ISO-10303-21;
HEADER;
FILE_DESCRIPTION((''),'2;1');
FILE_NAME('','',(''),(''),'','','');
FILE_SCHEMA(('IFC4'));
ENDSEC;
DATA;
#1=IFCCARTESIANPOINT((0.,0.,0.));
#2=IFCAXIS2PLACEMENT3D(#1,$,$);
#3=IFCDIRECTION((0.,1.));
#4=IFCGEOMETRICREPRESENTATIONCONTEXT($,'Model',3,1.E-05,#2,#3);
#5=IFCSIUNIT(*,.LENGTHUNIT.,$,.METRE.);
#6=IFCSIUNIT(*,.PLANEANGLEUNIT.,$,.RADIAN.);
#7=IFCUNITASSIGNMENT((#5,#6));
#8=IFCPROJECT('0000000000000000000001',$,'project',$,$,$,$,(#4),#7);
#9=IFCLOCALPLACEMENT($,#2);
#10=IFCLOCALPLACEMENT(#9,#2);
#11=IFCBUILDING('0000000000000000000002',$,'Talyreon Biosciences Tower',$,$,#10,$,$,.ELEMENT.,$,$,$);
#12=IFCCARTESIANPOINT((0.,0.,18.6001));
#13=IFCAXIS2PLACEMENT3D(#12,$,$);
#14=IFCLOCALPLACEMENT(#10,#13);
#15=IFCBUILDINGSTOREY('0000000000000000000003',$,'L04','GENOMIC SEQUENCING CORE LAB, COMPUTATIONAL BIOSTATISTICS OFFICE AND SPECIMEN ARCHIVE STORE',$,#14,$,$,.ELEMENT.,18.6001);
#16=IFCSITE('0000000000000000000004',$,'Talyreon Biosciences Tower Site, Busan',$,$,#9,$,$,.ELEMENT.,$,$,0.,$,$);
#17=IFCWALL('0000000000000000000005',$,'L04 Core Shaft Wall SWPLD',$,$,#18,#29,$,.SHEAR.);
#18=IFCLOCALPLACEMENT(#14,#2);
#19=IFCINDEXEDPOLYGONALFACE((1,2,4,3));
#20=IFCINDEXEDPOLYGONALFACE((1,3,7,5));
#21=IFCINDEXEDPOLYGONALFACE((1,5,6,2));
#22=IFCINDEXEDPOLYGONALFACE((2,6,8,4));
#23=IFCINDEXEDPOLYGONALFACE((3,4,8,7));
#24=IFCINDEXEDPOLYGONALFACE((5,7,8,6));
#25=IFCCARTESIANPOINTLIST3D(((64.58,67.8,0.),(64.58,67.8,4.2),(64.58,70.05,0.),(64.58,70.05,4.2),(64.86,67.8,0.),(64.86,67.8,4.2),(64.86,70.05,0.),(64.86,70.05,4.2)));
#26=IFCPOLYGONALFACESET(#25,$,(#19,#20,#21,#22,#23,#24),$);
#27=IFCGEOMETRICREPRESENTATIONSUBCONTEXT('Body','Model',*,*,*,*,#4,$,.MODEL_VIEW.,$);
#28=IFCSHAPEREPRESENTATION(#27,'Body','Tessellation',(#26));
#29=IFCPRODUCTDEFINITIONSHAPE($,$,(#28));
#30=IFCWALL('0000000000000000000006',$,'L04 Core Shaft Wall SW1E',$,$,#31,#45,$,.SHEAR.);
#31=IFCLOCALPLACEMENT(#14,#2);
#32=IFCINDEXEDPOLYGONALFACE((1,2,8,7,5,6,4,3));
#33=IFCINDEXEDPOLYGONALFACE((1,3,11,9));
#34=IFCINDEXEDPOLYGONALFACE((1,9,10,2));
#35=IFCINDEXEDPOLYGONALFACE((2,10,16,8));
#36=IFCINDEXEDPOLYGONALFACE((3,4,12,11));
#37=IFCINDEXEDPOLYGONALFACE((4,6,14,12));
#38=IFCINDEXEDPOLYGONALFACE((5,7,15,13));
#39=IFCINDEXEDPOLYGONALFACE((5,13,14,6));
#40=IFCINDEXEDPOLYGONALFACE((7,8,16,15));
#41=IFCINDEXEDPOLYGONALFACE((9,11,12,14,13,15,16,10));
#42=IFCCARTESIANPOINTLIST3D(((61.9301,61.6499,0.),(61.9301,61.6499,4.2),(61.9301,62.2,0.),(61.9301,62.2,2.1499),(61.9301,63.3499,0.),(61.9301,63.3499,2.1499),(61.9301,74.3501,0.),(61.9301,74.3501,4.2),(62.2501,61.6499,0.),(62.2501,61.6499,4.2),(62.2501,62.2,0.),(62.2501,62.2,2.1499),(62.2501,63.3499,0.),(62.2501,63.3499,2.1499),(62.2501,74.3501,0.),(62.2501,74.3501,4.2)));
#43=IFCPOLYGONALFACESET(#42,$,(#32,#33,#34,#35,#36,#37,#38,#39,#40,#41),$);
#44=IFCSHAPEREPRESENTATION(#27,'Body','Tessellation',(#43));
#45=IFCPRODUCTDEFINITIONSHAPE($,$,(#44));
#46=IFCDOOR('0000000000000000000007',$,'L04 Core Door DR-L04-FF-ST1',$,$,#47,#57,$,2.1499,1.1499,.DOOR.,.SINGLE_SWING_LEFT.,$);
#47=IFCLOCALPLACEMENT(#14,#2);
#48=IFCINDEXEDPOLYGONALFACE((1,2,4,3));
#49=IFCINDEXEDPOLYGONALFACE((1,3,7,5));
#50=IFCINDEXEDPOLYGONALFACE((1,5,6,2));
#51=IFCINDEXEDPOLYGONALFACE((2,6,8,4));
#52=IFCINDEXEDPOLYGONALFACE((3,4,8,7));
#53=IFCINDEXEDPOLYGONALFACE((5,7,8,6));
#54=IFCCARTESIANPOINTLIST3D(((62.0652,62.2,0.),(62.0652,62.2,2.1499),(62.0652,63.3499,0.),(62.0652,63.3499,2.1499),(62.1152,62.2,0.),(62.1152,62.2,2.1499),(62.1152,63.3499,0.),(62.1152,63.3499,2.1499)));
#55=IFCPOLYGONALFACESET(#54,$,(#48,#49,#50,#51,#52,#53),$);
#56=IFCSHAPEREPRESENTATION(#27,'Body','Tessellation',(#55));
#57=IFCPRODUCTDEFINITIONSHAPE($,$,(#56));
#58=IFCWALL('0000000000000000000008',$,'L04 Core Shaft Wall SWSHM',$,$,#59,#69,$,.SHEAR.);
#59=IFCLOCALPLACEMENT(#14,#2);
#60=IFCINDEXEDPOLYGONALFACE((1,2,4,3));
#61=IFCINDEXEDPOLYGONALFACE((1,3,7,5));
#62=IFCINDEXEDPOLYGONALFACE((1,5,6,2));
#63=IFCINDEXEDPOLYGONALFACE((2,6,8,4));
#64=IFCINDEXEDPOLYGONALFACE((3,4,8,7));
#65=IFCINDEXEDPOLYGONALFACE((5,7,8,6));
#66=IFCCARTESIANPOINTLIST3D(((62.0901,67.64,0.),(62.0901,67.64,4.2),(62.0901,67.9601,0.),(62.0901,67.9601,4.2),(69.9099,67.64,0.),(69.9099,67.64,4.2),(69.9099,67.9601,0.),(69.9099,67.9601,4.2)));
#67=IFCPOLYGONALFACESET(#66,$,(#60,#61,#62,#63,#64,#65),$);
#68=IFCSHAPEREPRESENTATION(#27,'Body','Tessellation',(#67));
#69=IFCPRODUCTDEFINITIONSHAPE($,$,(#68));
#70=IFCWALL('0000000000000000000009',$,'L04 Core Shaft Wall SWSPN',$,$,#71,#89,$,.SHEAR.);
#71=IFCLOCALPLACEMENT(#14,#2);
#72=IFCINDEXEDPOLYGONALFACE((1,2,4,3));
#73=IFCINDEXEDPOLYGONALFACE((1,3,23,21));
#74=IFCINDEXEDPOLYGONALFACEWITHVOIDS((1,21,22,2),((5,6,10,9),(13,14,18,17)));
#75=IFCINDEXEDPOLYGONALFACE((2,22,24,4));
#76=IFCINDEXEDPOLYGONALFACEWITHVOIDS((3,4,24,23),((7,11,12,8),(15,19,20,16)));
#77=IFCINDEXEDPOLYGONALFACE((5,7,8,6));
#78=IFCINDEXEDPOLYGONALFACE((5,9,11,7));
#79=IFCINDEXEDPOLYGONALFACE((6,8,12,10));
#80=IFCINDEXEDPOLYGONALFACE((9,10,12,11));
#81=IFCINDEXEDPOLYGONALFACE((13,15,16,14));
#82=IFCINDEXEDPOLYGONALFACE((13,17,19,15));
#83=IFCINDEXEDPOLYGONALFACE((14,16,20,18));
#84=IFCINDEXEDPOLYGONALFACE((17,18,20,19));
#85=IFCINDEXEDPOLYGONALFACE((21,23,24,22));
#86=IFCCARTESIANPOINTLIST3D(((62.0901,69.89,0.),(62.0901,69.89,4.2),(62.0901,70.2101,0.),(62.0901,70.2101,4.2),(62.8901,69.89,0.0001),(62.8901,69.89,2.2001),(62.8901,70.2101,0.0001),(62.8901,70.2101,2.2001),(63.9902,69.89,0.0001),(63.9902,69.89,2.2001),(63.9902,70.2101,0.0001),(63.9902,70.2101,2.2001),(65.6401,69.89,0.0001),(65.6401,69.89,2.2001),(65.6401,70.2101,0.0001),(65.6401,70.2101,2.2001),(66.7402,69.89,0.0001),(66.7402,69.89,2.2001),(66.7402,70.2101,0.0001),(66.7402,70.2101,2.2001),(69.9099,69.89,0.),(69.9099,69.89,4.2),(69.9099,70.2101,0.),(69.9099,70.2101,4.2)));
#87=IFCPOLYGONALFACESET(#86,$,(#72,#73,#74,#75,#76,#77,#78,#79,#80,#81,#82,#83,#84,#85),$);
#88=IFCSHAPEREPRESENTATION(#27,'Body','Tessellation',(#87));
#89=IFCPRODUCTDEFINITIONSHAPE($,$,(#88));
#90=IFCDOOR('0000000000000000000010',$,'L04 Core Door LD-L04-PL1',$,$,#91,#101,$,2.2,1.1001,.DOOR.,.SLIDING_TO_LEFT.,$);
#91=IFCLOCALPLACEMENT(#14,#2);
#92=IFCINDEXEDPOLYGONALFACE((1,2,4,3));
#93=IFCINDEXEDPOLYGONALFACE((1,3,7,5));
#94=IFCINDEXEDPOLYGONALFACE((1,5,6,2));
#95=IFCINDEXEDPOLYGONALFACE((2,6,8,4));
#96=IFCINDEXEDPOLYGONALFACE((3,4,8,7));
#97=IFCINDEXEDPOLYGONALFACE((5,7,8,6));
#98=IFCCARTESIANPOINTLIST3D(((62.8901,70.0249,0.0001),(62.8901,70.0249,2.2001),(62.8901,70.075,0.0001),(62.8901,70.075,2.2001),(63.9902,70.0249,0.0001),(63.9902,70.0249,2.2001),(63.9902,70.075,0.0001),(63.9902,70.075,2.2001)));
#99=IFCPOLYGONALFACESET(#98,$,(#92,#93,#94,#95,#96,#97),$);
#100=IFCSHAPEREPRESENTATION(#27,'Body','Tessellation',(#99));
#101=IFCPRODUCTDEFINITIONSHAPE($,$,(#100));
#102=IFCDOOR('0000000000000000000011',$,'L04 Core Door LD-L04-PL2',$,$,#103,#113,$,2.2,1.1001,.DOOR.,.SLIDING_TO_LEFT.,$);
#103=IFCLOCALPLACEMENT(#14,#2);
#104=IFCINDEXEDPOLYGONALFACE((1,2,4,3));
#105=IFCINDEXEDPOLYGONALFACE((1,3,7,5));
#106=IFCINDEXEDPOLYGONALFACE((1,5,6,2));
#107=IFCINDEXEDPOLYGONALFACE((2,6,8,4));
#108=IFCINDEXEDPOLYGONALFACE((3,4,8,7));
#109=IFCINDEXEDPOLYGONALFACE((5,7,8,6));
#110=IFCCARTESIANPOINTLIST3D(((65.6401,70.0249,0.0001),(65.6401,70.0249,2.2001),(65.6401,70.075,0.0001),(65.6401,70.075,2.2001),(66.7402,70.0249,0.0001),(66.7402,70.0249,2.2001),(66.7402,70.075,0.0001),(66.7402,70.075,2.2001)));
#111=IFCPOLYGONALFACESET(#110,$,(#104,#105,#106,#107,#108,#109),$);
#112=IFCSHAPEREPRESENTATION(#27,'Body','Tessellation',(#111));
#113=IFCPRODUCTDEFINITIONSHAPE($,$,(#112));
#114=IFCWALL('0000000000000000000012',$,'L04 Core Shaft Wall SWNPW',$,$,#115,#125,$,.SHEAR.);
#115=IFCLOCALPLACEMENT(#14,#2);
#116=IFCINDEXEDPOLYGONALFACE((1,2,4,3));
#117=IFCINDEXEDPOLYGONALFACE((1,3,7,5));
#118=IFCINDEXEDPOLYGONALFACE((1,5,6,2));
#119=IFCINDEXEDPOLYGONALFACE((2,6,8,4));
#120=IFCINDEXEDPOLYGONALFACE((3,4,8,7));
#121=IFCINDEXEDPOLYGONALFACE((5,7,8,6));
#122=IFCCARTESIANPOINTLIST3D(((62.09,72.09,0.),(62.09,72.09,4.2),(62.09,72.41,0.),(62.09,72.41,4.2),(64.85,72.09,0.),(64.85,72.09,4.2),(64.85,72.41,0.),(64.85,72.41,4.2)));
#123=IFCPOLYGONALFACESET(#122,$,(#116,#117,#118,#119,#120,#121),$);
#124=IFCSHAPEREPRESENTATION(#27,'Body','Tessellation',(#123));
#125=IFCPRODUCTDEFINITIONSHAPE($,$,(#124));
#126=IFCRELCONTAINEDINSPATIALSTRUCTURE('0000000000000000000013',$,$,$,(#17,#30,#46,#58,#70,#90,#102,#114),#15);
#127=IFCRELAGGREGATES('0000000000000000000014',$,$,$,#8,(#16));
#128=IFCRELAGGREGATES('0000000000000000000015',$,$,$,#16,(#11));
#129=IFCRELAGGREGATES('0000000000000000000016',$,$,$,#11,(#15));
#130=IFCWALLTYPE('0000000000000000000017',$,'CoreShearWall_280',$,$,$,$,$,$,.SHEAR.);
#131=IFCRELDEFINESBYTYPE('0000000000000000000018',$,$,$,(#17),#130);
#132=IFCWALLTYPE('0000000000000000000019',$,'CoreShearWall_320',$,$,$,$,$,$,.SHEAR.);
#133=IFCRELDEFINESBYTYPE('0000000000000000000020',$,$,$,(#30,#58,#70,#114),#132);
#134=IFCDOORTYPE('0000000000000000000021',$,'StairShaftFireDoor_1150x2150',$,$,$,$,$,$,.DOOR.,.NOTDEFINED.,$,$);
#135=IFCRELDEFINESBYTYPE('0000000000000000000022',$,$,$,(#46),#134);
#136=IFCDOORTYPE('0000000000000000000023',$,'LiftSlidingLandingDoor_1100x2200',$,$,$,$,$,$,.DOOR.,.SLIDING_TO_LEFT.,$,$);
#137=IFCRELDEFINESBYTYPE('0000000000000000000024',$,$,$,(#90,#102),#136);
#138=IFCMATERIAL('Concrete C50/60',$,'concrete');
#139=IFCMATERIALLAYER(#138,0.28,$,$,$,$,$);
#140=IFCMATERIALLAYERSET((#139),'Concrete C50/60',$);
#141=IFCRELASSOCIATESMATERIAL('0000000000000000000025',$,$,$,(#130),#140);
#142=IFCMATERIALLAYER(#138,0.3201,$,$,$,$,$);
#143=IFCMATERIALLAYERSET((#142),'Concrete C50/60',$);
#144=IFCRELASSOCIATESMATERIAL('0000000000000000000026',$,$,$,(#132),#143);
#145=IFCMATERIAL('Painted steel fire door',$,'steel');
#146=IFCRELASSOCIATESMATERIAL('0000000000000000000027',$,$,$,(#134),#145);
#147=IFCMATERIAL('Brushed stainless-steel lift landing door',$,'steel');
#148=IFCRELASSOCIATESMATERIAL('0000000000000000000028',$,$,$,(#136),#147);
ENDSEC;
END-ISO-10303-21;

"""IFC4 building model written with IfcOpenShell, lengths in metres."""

from ifc_helpers import new_model, si_unit, direction, frame, frame_2d, origin, place, context, subcontext, project, spatial, rectangle, extrude, material, layer, layer_set, type_object, element, fill, save


model = new_model("IFC4")

# Units and contexts
model_context = context("Model", 3, precision=1e-05, world=origin(), true_north=direction((0.0, 1.0)))
body_context = subcontext(model_context, "Body", "Model", "MODEL_VIEW")
ifc_project = project(units=[si_unit("LENGTHUNIT", "METRE"), si_unit("PLANEANGLEUNIT", "RADIAN")], contexts=[model_context])

# Site, building, storey
site_placement = place(None, origin())
site = spatial("IfcSite", under=ifc_project, at=site_placement, Name="Talyreon Biosciences Tower Site, Busan", CompositionType="ELEMENT", RefElevation=0.0)
building_placement = place(site_placement, origin())
building = spatial("IfcBuilding", under=site, at=building_placement, Name="Talyreon Biosciences Tower", CompositionType="ELEMENT")
storey_placement = place(building_placement, frame((0.0, 0.0, 18.6001)))
storey = spatial("IfcBuildingStorey", under=building, at=storey_placement, Name="L04", Description="GENOMIC SEQUENCING CORE LAB, COMPUTATIONAL BIOSTATISTICS OFFICE AND SPECIMEN ARCHIVE STORE", CompositionType="ELEMENT", Elevation=18.6001)

# Wall
ifc_material_1 = material(Name="Concrete C50/60", Category="concrete")
ifc_layer_1 = layer(ifc_material_1, 0.28)
ifc_layer_set_1 = layer_set([ifc_layer_1], Name="Concrete C50/60")
wall_type_1 = type_object("IfcWallType", Name="CoreShearWall_280", PredefinedType="SHEAR", material=ifc_layer_set_1)
wall_1_placement = place(storey_placement, frame((64.72, 67.8, 0.0), z_axis=(0.0, 0.0, 1.0), x_axis=(0.0, 1.0, 0.0)))
element("IfcWall", 1, at=wall_1_placement, inside=storey, type_object=wall_type_1, Name="L04 Core Shaft Wall SWPLD", PredefinedType="SHEAR", context=body_context, shape_type="SweptSolid", body=[
    extrude(rectangle(XDim=2.25, YDim=0.28, at=frame_2d((1.125, 0.0))), origin(), (0.0, 0.0, 1.0), 4.2),
])

# Wall, opening, door
ifc_layer_2 = layer(ifc_material_1, 0.3201)
ifc_layer_set_2 = layer_set([ifc_layer_2], Name="Concrete C50/60")
wall_type_2 = type_object("IfcWallType", Name="CoreShearWall_320", PredefinedType="SHEAR", material=ifc_layer_set_2)
wall_2_placement = place(storey_placement, frame((62.0901, 61.6499, 0.0), z_axis=(0.0, 0.0, 1.0), x_axis=(0.0, 1.0, 0.0)))
wall_2 = element("IfcWall", 2, at=wall_2_placement, inside=storey, type_object=wall_type_2, Name="L04 Core Shaft Wall SW1E", PredefinedType="SHEAR", context=body_context, shape_type="SweptSolid", body=[
    extrude(rectangle(XDim=12.7002, YDim=0.3201, at=frame_2d((6.3501, 0.0))), origin(), (0.0, 0.0, 1.0), 4.2),
])
opening_1_placement = place(wall_2_placement, frame((0.55, 0.0, 0.0)))
opening_1 = element("IfcOpeningElement", 3, at=opening_1_placement, cuts=wall_2, PredefinedType="OPENING", context=body_context, shape_type="SweptSolid", body=[
    extrude(rectangle(XDim=1.1499, YDim=2.1499, at=frame_2d((0.575, 1.075))), frame((0.0, 0.1699, 0.0), z_axis=(0.0, -1.0, 0.0), x_axis=(1.0, 0.0, 0.0)), (0.0, 0.0, 1.0), 0.3401),
])
ifc_material_2 = material(Name="Painted steel fire door", Category="steel")
door_type_1 = type_object("IfcDoorType", Name="StairShaftFireDoor_1150x2150", OperationType="NOTDEFINED", PredefinedType="DOOR", material=ifc_material_2)
door_1_placement = place(opening_1_placement, origin())
door_1 = element("IfcDoor", 4, at=door_1_placement, inside=storey, type_object=door_type_1, Name="L04 Core Door DR-L04-FF-ST1", OperationType="SINGLE_SWING_LEFT", OverallHeight=2.1499, OverallWidth=1.1499, PredefinedType="DOOR", context=body_context, shape_type="SweptSolid", body=[
    extrude(rectangle(XDim=1.1499, YDim=2.1499, at=frame_2d((0.575, 1.075))), frame((0.0, 0.0249, 0.0), z_axis=(0.0, -1.0, 0.0), x_axis=(1.0, 0.0, 0.0)), (0.0, 0.0, 1.0), 0.05),
])
fill(opening_1, door_1)

# Wall
wall_3_placement = place(storey_placement, frame((62.0901, 67.8, 0.0), z_axis=(0.0, 0.0, 1.0), x_axis=(1.0, 0.0, 0.0)))
element("IfcWall", 5, at=wall_3_placement, inside=storey, type_object=wall_type_2, Name="L04 Core Shaft Wall SWSHM", PredefinedType="SHEAR", context=body_context, shape_type="SweptSolid", body=[
    extrude(rectangle(XDim=7.8198, YDim=0.3201, at=frame_2d((3.9099, 0.0))), origin(), (0.0, 0.0, 1.0), 4.2),
])

# Wall, openings, doors
wall_4_placement = place(storey_placement, frame((62.0901, 70.05, 0.0), z_axis=(0.0, 0.0, 1.0), x_axis=(1.0, 0.0, 0.0)))
wall_4 = element("IfcWall", 6, at=wall_4_placement, inside=storey, type_object=wall_type_2, Name="L04 Core Shaft Wall SWSPN", PredefinedType="SHEAR", context=body_context, shape_type="SweptSolid", body=[
    extrude(rectangle(XDim=7.8198, YDim=0.3201, at=frame_2d((3.9099, 0.0))), origin(), (0.0, 0.0, 1.0), 4.2),
])
opening_2_placement = place(wall_4_placement, frame((0.8, 0.0, 0.0)))
opening_2 = element("IfcOpeningElement", 7, at=opening_2_placement, cuts=wall_4, PredefinedType="OPENING", context=body_context, shape_type="SweptSolid", body=[
    extrude(rectangle(XDim=1.1001, YDim=2.2, at=frame_2d((0.55, 1.1001))), frame((0.0, 0.1699, 0.0), z_axis=(0.0, -1.0, 0.0), x_axis=(1.0, 0.0, 0.0)), (0.0, 0.0, 1.0), 0.3401),
])
opening_3_placement = place(wall_4_placement, frame((3.55, 0.0, 0.0)))
opening_3 = element("IfcOpeningElement", 8, at=opening_3_placement, cuts=wall_4, PredefinedType="OPENING", context=body_context, shape_type="SweptSolid", body=[
    extrude(rectangle(XDim=1.1001, YDim=2.2, at=frame_2d((0.55, 1.1001))), frame((0.0, 0.1699, 0.0), z_axis=(0.0, -1.0, 0.0), x_axis=(1.0, 0.0, 0.0)), (0.0, 0.0, 1.0), 0.3401),
])
ifc_material_3 = material(Name="Brushed stainless-steel lift landing door", Category="steel")
door_type_2 = type_object("IfcDoorType", Name="LiftSlidingLandingDoor_1100x2200", OperationType="SLIDING_TO_LEFT", PredefinedType="DOOR", material=ifc_material_3)
door_2_placement = place(opening_2_placement, origin())
door_2 = element("IfcDoor", 9, at=door_2_placement, inside=storey, type_object=door_type_2, Name="L04 Core Door LD-L04-PL1", OperationType="SLIDING_TO_LEFT", OverallHeight=2.2, OverallWidth=1.1001, PredefinedType="DOOR", context=body_context, shape_type="SweptSolid", body=[
    extrude(rectangle(XDim=1.1001, YDim=2.2, at=frame_2d((0.55, 1.1001))), frame((0.0, 0.0249, 0.0), z_axis=(0.0, -1.0, 0.0), x_axis=(1.0, 0.0, 0.0)), (0.0, 0.0, 1.0), 0.05),
])
fill(opening_2, door_2)
door_3_placement = place(opening_3_placement, origin())
door_3 = element("IfcDoor", 10, at=door_3_placement, inside=storey, type_object=door_type_2, Name="L04 Core Door LD-L04-PL2", OperationType="SLIDING_TO_LEFT", OverallHeight=2.2, OverallWidth=1.1001, PredefinedType="DOOR", context=body_context, shape_type="SweptSolid", body=[
    extrude(rectangle(XDim=1.1001, YDim=2.2, at=frame_2d((0.55, 1.1001))), frame((0.0, 0.0249, 0.0), z_axis=(0.0, -1.0, 0.0), x_axis=(1.0, 0.0, 0.0)), (0.0, 0.0, 1.0), 0.05),
])
fill(opening_3, door_3)

# Wall
wall_5_placement = place(storey_placement, frame((62.0901, 72.25, 0.0), z_axis=(0.0, 0.0, 1.0), x_axis=(1.0, 0.0, 0.0)))
element("IfcWall", 11, at=wall_5_placement, inside=storey, type_object=wall_type_2, Name="L04 Core Shaft Wall SWNPW", PredefinedType="SHEAR", context=body_context, shape_type="SweptSolid", body=[
    extrude(rectangle(XDim=2.76, YDim=0.3201, at=frame_2d((1.3799, 0.0))), origin(), (0.0, 0.0, 1.0), 4.2),
])

save(model, "model.ifc")
